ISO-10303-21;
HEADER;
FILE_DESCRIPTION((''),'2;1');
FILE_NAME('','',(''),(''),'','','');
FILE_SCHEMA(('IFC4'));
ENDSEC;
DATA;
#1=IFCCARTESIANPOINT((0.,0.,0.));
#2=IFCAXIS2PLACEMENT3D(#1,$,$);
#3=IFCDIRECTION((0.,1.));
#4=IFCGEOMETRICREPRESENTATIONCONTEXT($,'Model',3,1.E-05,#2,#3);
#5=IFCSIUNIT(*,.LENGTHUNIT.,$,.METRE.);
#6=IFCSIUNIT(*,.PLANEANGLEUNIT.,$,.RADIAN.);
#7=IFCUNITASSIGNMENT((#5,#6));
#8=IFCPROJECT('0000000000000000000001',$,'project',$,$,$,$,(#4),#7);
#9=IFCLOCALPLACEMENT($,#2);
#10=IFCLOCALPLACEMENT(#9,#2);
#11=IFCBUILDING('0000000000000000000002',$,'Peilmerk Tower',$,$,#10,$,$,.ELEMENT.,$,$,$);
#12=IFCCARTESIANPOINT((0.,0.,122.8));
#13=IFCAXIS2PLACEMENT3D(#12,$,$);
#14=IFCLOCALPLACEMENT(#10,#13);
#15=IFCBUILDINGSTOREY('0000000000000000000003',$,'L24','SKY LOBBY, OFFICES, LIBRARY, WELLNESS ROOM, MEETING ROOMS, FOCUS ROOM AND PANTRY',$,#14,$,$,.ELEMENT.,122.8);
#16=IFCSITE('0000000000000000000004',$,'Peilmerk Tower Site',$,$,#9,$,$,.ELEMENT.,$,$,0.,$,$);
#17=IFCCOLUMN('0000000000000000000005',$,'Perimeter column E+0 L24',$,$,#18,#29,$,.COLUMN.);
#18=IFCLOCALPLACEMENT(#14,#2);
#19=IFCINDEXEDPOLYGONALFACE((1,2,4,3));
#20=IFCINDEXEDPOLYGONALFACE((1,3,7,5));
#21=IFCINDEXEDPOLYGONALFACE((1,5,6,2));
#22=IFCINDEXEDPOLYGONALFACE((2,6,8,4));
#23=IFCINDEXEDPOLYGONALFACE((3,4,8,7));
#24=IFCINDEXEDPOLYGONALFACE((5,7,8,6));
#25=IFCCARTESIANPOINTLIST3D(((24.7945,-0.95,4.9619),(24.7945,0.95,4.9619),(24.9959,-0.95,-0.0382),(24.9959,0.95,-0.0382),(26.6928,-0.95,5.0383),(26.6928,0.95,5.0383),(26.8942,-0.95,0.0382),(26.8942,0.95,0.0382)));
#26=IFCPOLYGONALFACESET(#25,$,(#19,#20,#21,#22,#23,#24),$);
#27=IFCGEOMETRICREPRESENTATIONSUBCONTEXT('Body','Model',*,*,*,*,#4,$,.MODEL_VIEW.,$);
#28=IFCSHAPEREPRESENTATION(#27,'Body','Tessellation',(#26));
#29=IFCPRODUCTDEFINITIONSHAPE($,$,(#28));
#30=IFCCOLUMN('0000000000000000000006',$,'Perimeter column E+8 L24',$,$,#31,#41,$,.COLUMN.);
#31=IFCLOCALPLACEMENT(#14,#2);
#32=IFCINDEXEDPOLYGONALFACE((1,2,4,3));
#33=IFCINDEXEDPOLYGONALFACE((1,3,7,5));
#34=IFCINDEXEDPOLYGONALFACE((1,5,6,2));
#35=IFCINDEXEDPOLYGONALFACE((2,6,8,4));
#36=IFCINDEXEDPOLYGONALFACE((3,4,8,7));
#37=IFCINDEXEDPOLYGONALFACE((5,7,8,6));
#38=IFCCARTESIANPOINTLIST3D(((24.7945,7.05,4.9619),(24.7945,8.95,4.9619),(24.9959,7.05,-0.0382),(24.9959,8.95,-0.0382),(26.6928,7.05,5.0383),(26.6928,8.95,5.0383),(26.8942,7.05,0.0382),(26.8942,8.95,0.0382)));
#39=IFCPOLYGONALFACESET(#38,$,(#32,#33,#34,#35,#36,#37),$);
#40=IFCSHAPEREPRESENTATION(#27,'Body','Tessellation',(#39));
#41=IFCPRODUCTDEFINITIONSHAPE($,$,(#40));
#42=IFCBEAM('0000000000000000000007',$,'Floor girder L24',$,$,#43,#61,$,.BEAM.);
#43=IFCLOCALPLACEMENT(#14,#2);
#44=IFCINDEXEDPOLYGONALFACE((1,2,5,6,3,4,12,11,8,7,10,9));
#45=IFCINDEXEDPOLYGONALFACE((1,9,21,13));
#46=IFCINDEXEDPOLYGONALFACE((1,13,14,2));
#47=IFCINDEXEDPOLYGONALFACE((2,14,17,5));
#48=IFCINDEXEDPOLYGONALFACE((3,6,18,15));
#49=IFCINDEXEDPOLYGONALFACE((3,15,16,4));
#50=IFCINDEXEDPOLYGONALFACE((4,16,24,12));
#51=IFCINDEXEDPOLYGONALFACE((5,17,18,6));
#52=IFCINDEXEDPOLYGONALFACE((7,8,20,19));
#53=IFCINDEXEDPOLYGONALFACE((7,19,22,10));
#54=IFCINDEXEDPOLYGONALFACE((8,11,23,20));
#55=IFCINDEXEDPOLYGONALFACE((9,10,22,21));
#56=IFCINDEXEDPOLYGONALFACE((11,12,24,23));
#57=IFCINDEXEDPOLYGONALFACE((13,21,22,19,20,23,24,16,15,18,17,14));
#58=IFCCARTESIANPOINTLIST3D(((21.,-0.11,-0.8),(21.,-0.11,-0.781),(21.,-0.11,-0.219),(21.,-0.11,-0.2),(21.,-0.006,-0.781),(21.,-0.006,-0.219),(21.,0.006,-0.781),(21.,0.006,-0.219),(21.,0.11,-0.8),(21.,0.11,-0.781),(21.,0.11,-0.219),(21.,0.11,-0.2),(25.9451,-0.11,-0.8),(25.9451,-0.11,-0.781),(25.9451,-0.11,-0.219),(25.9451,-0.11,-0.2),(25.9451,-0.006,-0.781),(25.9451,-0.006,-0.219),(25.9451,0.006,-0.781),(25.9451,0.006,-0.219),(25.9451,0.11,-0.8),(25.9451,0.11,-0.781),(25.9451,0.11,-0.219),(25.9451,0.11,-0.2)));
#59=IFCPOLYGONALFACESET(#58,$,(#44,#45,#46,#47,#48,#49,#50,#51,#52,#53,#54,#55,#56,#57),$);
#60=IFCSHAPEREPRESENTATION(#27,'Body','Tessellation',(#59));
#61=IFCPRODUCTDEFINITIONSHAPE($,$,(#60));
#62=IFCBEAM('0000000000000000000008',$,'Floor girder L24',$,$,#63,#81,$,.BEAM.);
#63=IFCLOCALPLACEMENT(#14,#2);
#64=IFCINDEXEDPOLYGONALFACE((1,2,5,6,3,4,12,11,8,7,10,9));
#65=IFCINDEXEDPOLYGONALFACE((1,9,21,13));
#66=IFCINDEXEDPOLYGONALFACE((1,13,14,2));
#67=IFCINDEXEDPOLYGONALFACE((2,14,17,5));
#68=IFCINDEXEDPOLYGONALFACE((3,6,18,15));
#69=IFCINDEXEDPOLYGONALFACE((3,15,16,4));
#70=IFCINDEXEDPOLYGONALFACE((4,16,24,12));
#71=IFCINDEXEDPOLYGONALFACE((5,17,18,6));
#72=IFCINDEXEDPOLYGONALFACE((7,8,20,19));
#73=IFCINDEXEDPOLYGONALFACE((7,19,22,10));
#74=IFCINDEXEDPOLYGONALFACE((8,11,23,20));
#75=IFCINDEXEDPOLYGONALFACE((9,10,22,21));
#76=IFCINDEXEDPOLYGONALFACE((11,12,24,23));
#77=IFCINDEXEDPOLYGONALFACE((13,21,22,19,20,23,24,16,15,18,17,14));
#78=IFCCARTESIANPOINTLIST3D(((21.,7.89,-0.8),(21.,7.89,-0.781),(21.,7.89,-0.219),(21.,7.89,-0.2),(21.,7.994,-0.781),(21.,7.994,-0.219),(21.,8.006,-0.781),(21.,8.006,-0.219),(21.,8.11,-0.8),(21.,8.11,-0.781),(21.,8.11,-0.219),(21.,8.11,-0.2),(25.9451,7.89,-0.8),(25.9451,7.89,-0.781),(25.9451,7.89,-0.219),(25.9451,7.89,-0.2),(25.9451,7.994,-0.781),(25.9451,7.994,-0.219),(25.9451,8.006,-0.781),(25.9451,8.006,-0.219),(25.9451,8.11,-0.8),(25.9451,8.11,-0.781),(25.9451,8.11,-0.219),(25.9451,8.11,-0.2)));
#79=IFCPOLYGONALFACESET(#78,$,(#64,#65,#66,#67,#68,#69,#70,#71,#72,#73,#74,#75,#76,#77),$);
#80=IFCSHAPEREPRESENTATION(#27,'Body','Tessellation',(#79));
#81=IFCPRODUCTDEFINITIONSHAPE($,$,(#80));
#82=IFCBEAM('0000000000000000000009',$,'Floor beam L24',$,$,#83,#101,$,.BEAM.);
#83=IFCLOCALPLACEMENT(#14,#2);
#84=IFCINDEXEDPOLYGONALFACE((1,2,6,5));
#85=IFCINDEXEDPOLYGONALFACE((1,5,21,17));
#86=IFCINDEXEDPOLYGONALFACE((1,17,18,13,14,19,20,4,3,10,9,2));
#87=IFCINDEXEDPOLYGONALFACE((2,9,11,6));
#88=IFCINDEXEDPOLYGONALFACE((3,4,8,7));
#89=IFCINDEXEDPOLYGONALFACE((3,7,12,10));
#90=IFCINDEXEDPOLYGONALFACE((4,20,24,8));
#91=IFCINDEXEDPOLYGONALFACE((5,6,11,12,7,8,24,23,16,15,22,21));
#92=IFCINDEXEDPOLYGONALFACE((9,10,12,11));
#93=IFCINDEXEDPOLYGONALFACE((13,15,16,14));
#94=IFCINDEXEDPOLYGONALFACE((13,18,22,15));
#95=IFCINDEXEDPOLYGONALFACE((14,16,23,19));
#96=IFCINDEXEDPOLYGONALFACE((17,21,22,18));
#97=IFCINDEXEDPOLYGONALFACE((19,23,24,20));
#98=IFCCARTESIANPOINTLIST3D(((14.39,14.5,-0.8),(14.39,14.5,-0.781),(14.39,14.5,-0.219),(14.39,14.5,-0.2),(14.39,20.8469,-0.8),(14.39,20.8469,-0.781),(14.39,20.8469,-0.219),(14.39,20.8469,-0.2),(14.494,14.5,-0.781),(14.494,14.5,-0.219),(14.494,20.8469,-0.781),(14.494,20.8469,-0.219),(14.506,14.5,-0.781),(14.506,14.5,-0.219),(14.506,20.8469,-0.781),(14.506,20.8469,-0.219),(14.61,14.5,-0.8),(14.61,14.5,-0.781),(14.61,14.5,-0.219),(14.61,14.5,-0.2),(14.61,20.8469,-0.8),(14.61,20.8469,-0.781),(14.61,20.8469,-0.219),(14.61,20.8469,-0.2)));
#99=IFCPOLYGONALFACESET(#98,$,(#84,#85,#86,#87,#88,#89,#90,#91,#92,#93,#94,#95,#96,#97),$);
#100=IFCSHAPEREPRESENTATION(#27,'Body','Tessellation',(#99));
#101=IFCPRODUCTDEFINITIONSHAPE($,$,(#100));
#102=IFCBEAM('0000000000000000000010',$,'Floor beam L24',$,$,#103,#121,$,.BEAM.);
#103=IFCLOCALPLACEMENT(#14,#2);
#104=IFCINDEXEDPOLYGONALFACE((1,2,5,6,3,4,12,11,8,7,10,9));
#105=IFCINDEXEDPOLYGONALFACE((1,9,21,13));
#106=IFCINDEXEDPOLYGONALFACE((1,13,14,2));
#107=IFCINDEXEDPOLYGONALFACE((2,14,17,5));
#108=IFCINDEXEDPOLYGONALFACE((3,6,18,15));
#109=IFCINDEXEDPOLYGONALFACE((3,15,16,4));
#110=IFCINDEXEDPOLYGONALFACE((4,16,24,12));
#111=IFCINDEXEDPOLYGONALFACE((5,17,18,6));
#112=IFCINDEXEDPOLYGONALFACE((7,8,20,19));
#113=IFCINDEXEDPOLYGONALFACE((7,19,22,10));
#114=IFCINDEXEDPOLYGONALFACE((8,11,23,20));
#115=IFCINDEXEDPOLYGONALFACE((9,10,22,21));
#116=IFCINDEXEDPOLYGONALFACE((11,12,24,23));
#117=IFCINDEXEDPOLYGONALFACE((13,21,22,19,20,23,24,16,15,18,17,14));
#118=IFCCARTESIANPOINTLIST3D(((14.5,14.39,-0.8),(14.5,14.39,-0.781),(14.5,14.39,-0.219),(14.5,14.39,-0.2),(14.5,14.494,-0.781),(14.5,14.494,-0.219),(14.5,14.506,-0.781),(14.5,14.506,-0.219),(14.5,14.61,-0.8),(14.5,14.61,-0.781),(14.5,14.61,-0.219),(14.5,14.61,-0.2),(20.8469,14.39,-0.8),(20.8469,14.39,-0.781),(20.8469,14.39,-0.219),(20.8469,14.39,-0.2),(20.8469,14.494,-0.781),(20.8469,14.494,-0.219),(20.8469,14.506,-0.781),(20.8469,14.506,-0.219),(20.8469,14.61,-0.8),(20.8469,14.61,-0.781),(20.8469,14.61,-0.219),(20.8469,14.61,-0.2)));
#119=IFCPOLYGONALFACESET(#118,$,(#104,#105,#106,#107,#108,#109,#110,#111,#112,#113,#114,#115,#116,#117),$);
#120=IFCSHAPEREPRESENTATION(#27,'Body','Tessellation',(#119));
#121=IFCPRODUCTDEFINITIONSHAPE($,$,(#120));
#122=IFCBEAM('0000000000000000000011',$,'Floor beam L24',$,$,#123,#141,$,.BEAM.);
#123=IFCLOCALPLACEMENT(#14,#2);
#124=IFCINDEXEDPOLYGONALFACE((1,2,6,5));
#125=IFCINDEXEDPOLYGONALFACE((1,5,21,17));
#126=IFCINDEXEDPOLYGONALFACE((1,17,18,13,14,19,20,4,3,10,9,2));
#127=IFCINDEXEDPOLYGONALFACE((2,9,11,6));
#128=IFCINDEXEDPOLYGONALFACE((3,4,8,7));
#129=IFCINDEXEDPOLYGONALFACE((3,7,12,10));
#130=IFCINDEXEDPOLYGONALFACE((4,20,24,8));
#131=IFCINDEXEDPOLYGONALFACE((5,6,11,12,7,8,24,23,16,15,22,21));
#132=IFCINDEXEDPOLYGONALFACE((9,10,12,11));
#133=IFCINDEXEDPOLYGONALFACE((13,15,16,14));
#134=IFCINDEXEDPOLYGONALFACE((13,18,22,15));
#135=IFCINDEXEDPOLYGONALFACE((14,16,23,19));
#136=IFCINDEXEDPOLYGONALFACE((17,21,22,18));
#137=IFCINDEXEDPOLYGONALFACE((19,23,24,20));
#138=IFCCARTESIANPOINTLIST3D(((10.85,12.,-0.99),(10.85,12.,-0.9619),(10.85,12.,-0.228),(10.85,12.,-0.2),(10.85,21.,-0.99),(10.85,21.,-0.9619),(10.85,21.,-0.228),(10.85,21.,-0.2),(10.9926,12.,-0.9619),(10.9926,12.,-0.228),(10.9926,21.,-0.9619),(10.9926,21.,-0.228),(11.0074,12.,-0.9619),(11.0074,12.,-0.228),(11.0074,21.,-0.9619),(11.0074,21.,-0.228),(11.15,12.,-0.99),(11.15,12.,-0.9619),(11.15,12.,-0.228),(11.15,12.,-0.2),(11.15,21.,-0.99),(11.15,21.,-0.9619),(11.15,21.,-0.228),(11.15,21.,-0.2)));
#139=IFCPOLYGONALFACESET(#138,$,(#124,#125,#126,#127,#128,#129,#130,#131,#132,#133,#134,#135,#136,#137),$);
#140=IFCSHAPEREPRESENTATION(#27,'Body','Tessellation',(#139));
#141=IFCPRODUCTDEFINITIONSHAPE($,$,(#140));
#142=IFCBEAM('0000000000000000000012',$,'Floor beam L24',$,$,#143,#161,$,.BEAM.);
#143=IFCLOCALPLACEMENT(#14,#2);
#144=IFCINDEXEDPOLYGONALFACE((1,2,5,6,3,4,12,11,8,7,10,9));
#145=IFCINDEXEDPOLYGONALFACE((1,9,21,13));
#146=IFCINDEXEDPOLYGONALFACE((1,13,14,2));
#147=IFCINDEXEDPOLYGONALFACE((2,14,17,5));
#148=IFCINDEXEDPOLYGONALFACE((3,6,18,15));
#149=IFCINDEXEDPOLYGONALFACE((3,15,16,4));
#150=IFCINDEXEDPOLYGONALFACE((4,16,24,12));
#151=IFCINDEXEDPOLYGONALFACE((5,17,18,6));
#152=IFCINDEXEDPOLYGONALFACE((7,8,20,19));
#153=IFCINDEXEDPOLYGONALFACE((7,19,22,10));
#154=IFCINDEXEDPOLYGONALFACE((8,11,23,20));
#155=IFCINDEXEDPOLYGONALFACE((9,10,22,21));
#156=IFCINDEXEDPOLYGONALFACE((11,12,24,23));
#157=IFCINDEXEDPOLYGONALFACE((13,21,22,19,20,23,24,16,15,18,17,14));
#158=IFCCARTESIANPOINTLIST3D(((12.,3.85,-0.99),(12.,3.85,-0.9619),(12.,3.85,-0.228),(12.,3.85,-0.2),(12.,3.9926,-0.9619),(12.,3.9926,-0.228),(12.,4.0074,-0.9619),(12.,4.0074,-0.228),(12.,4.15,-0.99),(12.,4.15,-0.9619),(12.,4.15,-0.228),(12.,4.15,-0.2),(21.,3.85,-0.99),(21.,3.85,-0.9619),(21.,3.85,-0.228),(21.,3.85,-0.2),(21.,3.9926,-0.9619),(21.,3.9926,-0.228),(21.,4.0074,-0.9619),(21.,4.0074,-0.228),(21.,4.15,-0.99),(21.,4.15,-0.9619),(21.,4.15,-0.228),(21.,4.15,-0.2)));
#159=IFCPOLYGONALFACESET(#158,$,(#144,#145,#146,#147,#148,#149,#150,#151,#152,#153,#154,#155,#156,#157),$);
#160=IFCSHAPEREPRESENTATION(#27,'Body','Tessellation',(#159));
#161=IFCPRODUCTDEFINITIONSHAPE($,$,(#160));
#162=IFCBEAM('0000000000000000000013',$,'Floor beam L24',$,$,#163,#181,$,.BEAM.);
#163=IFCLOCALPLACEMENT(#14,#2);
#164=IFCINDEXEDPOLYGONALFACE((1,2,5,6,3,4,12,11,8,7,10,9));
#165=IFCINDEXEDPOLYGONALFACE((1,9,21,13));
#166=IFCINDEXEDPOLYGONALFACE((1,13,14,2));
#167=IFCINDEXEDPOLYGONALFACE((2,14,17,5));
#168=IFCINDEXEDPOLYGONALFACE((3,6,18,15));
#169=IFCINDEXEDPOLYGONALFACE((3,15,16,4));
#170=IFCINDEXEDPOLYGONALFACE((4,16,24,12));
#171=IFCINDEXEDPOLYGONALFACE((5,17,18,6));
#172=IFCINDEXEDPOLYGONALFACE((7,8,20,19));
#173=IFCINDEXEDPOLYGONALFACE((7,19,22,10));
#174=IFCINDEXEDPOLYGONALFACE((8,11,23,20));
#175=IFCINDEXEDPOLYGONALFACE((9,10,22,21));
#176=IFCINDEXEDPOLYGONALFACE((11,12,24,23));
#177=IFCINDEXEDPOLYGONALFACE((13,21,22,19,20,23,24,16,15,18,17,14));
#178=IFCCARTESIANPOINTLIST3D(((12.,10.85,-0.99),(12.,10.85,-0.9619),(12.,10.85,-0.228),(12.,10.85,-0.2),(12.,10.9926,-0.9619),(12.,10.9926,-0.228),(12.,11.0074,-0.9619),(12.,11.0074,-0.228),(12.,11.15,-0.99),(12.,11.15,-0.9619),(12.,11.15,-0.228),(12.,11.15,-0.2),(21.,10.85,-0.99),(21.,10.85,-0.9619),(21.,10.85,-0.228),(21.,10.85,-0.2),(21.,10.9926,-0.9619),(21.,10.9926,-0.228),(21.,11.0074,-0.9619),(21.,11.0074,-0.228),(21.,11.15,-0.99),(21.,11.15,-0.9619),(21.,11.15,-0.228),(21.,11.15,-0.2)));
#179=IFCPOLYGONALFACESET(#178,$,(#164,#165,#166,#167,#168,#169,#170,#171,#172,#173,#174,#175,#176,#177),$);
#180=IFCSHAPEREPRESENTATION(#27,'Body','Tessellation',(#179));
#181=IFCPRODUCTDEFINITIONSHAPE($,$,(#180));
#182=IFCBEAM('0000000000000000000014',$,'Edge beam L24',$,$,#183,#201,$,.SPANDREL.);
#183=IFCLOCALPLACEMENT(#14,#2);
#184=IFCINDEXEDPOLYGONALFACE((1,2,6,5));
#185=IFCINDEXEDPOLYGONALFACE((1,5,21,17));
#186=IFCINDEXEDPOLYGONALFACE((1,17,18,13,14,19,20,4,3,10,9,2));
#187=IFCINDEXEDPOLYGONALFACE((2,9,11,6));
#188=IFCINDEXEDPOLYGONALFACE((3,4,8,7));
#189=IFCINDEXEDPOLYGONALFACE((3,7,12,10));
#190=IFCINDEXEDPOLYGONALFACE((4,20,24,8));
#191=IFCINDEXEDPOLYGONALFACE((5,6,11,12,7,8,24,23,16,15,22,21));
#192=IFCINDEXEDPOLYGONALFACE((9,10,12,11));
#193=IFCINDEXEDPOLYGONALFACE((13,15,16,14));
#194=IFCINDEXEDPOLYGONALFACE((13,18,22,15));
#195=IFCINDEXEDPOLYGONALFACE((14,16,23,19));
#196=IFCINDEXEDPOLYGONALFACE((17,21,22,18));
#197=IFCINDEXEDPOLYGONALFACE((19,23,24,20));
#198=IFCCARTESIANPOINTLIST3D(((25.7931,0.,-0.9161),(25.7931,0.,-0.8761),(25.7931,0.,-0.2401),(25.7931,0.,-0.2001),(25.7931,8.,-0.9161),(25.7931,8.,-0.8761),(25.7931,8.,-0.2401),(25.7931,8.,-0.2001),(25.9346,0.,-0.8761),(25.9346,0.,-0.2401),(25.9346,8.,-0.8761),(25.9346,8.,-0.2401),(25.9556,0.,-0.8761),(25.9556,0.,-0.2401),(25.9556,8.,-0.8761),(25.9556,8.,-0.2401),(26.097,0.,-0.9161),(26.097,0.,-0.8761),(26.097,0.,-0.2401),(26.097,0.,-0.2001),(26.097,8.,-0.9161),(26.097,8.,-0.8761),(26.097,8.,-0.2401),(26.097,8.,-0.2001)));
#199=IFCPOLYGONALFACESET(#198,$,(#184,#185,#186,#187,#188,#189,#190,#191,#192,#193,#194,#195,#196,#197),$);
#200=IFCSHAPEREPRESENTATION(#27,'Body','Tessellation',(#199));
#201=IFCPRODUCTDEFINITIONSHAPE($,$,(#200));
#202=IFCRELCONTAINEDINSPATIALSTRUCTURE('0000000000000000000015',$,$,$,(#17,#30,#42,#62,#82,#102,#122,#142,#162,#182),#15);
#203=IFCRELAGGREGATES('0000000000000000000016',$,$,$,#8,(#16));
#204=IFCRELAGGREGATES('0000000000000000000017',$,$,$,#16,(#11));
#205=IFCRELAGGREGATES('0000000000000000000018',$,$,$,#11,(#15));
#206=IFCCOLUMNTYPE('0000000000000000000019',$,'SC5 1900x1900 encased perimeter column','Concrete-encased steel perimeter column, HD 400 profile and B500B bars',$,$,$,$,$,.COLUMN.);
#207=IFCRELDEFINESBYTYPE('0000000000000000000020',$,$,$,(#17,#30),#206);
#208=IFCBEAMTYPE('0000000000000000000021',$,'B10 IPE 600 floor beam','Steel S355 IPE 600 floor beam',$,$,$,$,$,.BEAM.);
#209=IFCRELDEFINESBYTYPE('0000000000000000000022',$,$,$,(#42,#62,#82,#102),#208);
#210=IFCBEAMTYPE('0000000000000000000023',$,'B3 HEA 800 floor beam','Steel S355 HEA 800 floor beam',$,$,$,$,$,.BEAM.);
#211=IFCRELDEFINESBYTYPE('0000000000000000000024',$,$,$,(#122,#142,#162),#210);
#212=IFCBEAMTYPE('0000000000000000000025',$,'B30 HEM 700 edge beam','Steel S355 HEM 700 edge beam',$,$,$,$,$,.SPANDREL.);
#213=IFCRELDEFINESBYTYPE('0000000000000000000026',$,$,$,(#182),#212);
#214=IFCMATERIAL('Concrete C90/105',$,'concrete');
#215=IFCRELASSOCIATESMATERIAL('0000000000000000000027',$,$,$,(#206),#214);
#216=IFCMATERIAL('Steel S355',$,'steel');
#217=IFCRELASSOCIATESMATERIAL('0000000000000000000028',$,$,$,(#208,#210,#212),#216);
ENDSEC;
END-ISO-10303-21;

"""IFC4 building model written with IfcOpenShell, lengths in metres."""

from ifc_helpers import new_model, si_unit, direction, frame, origin, origin_2d, place, context, subcontext, project, spatial, rectangle, i_section, extrude, material, material_profile, profile_set, type_object, element, save


model = new_model("IFC4")

# Units and contexts
model_context = context("Model", 3, precision=1e-05, world=origin(), true_north=direction((0.0, 1.0)))
body_context = subcontext(model_context, "Body", "Model", "MODEL_VIEW")
ifc_project = project(units=[si_unit("LENGTHUNIT", "METRE"), si_unit("PLANEANGLEUNIT", "RADIAN")], contexts=[model_context])

# Site, building, storey
site_placement = place(None, origin())
site = spatial("IfcSite", under=ifc_project, at=site_placement, Name="Peilmerk Tower Site", CompositionType="ELEMENT", RefElevation=0.0)
building_placement = place(site_placement, origin())
building = spatial("IfcBuilding", under=site, at=building_placement, Name="Peilmerk Tower", CompositionType="ELEMENT")
storey_placement = place(building_placement, frame((0.0, 0.0, 122.8)))
storey = spatial("IfcBuildingStorey", under=building, at=storey_placement, Name="L24", Description="SKY LOBBY, OFFICES, LIBRARY, WELLNESS ROOM, MEETING ROOMS, FOCUS ROOM AND PANTRY", CompositionType="ELEMENT", Elevation=122.8)

# Columns
ifc_material_1 = material(Name="Concrete C90/105", Category="concrete")
ifc_material_profile_1 = material_profile(ifc_material_1, rectangle(XDim=1.8999, YDim=1.8999, at=origin_2d()), Name="RC 1900x1900")
ifc_profile_set_1 = profile_set([ifc_material_profile_1], Name="Concrete C90/105")
column_type = type_object("IfcColumnType", Name="SC5 1900x1900 encased perimeter column", Description="Concrete-encased steel perimeter column, HD 400 profile and B500B bars", PredefinedType="COLUMN", material=ifc_profile_set_1)
for number, where, z_axis, x_axis, name in (
    (1, (25.9451, 0.0, 0.0), (-0.040251, 0.0, 0.99919), (0.0, -1.0, 0.0), "Perimeter column E+0 L24"),
    (2, (25.9451, 8.0, 0.0), (-0.040251, 0.0, 0.99919), (0.0, -1.0, 0.0), "Perimeter column E+8 L24"),
):
    element("IfcColumn", number, at=place(storey_placement, frame(where, z_axis=z_axis, x_axis=x_axis)), inside=storey, type_object=column_type, Name=name, PredefinedType="COLUMN", context=body_context, shape_type="SweptSolid", body=[
        extrude(rectangle(XDim=1.8999, YDim=1.8999, at=origin_2d()), origin(), (0.0, 0.0, 1.0), 5.0042),
    ])

# Beams
ifc_material_2 = material(Name="Steel S355", Category="steel")
ifc_material_profile_2 = material_profile(ifc_material_2, i_section(OverallWidth=0.22, OverallDepth=0.6001, WebThickness=0.012, FlangeThickness=0.019, at=origin_2d()), Name="IPE 600")
ifc_profile_set_2 = profile_set([ifc_material_profile_2], Name="Steel S355")
beam_type_1 = type_object("IfcBeamType", Name="B10 IPE 600 floor beam", Description="Steel S355 IPE 600 floor beam", PredefinedType="BEAM", material=ifc_profile_set_2)
for number, where, z_axis, x_axis, name in (
    (3, (21.0, 0.0, -0.5), (1.0, 0.0, 0.0), (0.0, 1.0, 0.0), "Floor girder L24"),
    (4, (21.0, 8.0, -0.5), (1.0, 0.0, 0.0), (0.0, 1.0, 0.0), "Floor girder L24"),
):
    element("IfcBeam", number, at=place(storey_placement, frame(where, z_axis=z_axis, x_axis=x_axis)), inside=storey, type_object=beam_type_1, Name=name, PredefinedType="BEAM", context=body_context, shape_type="SweptSolid", body=[
        extrude(i_section(OverallWidth=0.22, OverallDepth=0.6001, WebThickness=0.012, FlangeThickness=0.019, at=origin_2d()), origin(), (0.0, 0.0, 1.0), 4.9451),
    ])
for number, where, z_axis, x_axis, name in (
    (5, (14.5, 14.5, -0.5), (0.0, 1.0, 0.0), (-1.0, 0.0, 0.0), "Floor beam L24"),
    (6, (14.5, 14.5, -0.5), (1.0, 0.0, 0.0), (0.0, 1.0, 0.0), "Floor beam L24"),
):
    element("IfcBeam", number, at=place(storey_placement, frame(where, z_axis=z_axis, x_axis=x_axis)), inside=storey, type_object=beam_type_1, Name=name, PredefinedType="BEAM", context=body_context, shape_type="SweptSolid", body=[
        extrude(i_section(OverallWidth=0.22, OverallDepth=0.6001, WebThickness=0.012, FlangeThickness=0.019, at=origin_2d()), origin(), (0.0, 0.0, 1.0), 6.3469),
    ])
ifc_material_profile_3 = material_profile(ifc_material_2, i_section(OverallWidth=0.3, OverallDepth=0.79, WebThickness=0.0149, FlangeThickness=0.0281, at=origin_2d()), Name="HEA 800")
ifc_profile_set_3 = profile_set([ifc_material_profile_3], Name="Steel S355")
beam_type_2 = type_object("IfcBeamType", Name="B3 HEA 800 floor beam", Description="Steel S355 HEA 800 floor beam", PredefinedType="BEAM", material=ifc_profile_set_3)
for number, where, z_axis, x_axis, name in (
    (7, (11.0, 12.0, -0.595), (0.0, 1.0, 0.0), (-1.0, 0.0, 0.0), "Floor beam L24"),
    (8, (12.0, 4.0, -0.595), (1.0, 0.0, 0.0), (0.0, 1.0, 0.0), "Floor beam L24"),
    (9, (12.0, 11.0, -0.595), (1.0, 0.0, 0.0), (0.0, 1.0, 0.0), "Floor beam L24"),
):
    element("IfcBeam", number, at=place(storey_placement, frame(where, z_axis=z_axis, x_axis=x_axis)), inside=storey, type_object=beam_type_2, Name=name, PredefinedType="BEAM", context=body_context, shape_type="SweptSolid", body=[
        extrude(i_section(OverallWidth=0.3, OverallDepth=0.79, WebThickness=0.0149, FlangeThickness=0.0281, at=origin_2d()), origin(), (0.0, 0.0, 1.0), 9.0),
    ])
ifc_material_profile_4 = material_profile(ifc_material_2, i_section(OverallWidth=0.304, OverallDepth=0.7161, WebThickness=0.021, FlangeThickness=0.04, at=origin_2d()), Name="HEM 700")
ifc_profile_set_4 = profile_set([ifc_material_profile_4], Name="Steel S355")
beam_type_3 = type_object("IfcBeamType", Name="B30 HEM 700 edge beam", Description="Steel S355 HEM 700 edge beam", PredefinedType="SPANDREL", material=ifc_profile_set_4)
for number, where, z_axis, x_axis, name in (
    (10, (25.9451, 0.0, -0.5581), (0.0, 1.0, 0.0), (-1.0, 0.0, 0.0), "Edge beam L24"),
):
    element("IfcBeam", number, at=place(storey_placement, frame(where, z_axis=z_axis, x_axis=x_axis)), inside=storey, type_object=beam_type_3, Name=name, PredefinedType="SPANDREL", context=body_context, shape_type="SweptSolid", body=[
        extrude(i_section(OverallWidth=0.304, OverallDepth=0.7161, WebThickness=0.021, FlangeThickness=0.04, at=origin_2d()), origin(), (0.0, 0.0, 1.0), 8.0),
    ])

save(model, "model.ifc")
